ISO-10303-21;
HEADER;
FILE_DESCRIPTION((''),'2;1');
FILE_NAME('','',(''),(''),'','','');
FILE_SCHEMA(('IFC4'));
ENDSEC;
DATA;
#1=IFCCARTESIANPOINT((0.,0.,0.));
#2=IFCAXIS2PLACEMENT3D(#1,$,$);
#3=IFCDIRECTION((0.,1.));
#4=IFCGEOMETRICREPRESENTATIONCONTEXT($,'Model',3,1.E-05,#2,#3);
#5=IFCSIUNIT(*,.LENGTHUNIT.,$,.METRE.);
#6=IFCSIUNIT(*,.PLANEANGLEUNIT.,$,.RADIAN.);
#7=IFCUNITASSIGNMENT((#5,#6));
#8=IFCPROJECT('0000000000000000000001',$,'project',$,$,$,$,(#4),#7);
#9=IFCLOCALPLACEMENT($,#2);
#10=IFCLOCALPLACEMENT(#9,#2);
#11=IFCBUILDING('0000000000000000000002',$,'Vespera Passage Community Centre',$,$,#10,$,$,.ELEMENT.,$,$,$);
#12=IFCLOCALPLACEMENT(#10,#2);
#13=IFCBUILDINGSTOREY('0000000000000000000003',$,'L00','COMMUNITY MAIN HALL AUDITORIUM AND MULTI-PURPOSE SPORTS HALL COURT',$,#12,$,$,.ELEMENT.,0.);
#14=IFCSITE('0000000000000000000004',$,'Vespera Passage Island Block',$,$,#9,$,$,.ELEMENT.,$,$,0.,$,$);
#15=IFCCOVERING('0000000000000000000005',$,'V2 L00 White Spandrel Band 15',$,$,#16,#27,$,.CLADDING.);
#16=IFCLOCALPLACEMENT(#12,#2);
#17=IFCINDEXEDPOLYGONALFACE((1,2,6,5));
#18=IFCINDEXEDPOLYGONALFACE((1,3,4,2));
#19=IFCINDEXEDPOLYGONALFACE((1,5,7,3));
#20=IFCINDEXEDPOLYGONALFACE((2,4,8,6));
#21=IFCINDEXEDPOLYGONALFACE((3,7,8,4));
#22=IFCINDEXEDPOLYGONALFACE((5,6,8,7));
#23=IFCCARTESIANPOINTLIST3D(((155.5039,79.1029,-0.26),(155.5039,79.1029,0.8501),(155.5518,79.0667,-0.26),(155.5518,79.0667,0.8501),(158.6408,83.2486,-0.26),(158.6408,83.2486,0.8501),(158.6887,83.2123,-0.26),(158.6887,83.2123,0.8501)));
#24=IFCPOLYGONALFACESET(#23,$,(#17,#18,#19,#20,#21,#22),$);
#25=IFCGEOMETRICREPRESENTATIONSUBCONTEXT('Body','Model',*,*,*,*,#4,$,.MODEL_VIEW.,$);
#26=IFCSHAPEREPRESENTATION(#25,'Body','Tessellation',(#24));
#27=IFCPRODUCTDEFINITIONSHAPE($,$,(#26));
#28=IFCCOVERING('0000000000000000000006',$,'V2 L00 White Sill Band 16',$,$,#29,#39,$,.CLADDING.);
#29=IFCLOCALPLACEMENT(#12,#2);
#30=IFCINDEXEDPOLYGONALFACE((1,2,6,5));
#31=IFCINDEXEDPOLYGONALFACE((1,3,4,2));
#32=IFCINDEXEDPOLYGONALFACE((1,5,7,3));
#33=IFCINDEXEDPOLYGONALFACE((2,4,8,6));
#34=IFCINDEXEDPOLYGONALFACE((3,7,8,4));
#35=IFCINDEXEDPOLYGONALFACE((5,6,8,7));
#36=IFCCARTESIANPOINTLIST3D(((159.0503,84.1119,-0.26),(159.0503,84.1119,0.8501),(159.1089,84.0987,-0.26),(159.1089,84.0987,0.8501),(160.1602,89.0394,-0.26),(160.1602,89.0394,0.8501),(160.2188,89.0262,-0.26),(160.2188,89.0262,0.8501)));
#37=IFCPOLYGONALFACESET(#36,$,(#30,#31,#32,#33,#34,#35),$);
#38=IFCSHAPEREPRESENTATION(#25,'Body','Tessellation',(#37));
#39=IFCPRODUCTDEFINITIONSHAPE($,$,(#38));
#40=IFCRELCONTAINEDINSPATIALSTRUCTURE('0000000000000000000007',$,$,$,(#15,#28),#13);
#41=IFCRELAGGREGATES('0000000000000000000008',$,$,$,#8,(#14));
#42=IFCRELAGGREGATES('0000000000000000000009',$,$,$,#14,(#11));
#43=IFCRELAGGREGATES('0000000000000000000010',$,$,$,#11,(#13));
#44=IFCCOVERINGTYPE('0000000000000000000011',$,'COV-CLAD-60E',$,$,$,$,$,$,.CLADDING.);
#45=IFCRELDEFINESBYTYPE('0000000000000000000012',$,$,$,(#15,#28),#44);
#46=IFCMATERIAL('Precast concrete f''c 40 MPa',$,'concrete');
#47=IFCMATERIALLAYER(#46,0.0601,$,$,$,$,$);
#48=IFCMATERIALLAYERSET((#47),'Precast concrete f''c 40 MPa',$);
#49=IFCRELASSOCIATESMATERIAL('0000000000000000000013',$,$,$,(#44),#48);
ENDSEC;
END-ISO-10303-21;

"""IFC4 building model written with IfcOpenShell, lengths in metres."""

from ifc_helpers import new_model, si_unit, direction, frame, frame_2d, origin, place, context, subcontext, project, spatial, rectangle, extrude, material, layer, layer_set, type_object, element, save


model = new_model("IFC4")

# Units and contexts
model_context = context("Model", 3, precision=1e-05, world=origin(), true_north=direction((0.0, 1.0)))
body_context = subcontext(model_context, "Body", "Model", "MODEL_VIEW")
ifc_project = project(units=[si_unit("LENGTHUNIT", "METRE"), si_unit("PLANEANGLEUNIT", "RADIAN")], contexts=[model_context])

# Site, building, storey
site_placement = place(None, origin())
site = spatial("IfcSite", under=ifc_project, at=site_placement, Name="Vespera Passage Island Block", CompositionType="ELEMENT", RefElevation=0.0)
building_placement = place(site_placement, origin())
building = spatial("IfcBuilding", under=site, at=building_placement, Name="Vespera Passage Community Centre", CompositionType="ELEMENT")
storey_placement = place(building_placement, origin())
storey = spatial("IfcBuildingStorey", under=building, at=storey_placement, Name="L00", Description="COMMUNITY MAIN HALL AUDITORIUM AND MULTI-PURPOSE SPORTS HALL COURT", CompositionType="ELEMENT", Elevation=0.0)

# Coverings
ifc_material_1 = material(Name="Precast concrete f'c 40 MPa", Category="concrete")
ifc_layer_1 = layer(ifc_material_1, 0.0601)
ifc_layer_set_1 = layer_set([ifc_layer_1], Name="Precast concrete f'c 40 MPa")
covering_type = type_object("IfcCoveringType", Name="COV-CLAD-60E", PredefinedType="CLADDING", material=ifc_layer_set_1)
covering_1_placement = place(storey_placement, frame((158.6648, 83.2305, -0.26), z_axis=(0.0, 0.0, 1.0), x_axis=(-0.603398, -0.79744, 0.0)))
element("IfcCovering", 1, at=covering_1_placement, inside=storey, type_object=covering_type, Name="V2 L00 White Spandrel Band 15", PredefinedType="CLADDING", context=body_context, shape_type="SweptSolid", body=[
    extrude(rectangle(XDim=5.1987, YDim=0.0601, at=frame_2d((2.5994, 0.0))), origin(), (0.0, 0.0, 1.0), 1.1101),
])
covering_2_placement = place(storey_placement, frame((160.1895, 89.0327, -0.26), z_axis=(0.0, 0.0, 1.0), x_axis=(-0.219734, -0.97556, 0.0)))
element("IfcCovering", 2, at=covering_2_placement, inside=storey, type_object=covering_type, Name="V2 L00 White Sill Band 16", PredefinedType="CLADDING", context=body_context, shape_type="SweptSolid", body=[
    extrude(rectangle(XDim=5.051, YDim=0.0601, at=frame_2d((2.5254, 0.0))), origin(), (0.0, 0.0, 1.0), 1.1101),
])

save(model, "model.ifc")
